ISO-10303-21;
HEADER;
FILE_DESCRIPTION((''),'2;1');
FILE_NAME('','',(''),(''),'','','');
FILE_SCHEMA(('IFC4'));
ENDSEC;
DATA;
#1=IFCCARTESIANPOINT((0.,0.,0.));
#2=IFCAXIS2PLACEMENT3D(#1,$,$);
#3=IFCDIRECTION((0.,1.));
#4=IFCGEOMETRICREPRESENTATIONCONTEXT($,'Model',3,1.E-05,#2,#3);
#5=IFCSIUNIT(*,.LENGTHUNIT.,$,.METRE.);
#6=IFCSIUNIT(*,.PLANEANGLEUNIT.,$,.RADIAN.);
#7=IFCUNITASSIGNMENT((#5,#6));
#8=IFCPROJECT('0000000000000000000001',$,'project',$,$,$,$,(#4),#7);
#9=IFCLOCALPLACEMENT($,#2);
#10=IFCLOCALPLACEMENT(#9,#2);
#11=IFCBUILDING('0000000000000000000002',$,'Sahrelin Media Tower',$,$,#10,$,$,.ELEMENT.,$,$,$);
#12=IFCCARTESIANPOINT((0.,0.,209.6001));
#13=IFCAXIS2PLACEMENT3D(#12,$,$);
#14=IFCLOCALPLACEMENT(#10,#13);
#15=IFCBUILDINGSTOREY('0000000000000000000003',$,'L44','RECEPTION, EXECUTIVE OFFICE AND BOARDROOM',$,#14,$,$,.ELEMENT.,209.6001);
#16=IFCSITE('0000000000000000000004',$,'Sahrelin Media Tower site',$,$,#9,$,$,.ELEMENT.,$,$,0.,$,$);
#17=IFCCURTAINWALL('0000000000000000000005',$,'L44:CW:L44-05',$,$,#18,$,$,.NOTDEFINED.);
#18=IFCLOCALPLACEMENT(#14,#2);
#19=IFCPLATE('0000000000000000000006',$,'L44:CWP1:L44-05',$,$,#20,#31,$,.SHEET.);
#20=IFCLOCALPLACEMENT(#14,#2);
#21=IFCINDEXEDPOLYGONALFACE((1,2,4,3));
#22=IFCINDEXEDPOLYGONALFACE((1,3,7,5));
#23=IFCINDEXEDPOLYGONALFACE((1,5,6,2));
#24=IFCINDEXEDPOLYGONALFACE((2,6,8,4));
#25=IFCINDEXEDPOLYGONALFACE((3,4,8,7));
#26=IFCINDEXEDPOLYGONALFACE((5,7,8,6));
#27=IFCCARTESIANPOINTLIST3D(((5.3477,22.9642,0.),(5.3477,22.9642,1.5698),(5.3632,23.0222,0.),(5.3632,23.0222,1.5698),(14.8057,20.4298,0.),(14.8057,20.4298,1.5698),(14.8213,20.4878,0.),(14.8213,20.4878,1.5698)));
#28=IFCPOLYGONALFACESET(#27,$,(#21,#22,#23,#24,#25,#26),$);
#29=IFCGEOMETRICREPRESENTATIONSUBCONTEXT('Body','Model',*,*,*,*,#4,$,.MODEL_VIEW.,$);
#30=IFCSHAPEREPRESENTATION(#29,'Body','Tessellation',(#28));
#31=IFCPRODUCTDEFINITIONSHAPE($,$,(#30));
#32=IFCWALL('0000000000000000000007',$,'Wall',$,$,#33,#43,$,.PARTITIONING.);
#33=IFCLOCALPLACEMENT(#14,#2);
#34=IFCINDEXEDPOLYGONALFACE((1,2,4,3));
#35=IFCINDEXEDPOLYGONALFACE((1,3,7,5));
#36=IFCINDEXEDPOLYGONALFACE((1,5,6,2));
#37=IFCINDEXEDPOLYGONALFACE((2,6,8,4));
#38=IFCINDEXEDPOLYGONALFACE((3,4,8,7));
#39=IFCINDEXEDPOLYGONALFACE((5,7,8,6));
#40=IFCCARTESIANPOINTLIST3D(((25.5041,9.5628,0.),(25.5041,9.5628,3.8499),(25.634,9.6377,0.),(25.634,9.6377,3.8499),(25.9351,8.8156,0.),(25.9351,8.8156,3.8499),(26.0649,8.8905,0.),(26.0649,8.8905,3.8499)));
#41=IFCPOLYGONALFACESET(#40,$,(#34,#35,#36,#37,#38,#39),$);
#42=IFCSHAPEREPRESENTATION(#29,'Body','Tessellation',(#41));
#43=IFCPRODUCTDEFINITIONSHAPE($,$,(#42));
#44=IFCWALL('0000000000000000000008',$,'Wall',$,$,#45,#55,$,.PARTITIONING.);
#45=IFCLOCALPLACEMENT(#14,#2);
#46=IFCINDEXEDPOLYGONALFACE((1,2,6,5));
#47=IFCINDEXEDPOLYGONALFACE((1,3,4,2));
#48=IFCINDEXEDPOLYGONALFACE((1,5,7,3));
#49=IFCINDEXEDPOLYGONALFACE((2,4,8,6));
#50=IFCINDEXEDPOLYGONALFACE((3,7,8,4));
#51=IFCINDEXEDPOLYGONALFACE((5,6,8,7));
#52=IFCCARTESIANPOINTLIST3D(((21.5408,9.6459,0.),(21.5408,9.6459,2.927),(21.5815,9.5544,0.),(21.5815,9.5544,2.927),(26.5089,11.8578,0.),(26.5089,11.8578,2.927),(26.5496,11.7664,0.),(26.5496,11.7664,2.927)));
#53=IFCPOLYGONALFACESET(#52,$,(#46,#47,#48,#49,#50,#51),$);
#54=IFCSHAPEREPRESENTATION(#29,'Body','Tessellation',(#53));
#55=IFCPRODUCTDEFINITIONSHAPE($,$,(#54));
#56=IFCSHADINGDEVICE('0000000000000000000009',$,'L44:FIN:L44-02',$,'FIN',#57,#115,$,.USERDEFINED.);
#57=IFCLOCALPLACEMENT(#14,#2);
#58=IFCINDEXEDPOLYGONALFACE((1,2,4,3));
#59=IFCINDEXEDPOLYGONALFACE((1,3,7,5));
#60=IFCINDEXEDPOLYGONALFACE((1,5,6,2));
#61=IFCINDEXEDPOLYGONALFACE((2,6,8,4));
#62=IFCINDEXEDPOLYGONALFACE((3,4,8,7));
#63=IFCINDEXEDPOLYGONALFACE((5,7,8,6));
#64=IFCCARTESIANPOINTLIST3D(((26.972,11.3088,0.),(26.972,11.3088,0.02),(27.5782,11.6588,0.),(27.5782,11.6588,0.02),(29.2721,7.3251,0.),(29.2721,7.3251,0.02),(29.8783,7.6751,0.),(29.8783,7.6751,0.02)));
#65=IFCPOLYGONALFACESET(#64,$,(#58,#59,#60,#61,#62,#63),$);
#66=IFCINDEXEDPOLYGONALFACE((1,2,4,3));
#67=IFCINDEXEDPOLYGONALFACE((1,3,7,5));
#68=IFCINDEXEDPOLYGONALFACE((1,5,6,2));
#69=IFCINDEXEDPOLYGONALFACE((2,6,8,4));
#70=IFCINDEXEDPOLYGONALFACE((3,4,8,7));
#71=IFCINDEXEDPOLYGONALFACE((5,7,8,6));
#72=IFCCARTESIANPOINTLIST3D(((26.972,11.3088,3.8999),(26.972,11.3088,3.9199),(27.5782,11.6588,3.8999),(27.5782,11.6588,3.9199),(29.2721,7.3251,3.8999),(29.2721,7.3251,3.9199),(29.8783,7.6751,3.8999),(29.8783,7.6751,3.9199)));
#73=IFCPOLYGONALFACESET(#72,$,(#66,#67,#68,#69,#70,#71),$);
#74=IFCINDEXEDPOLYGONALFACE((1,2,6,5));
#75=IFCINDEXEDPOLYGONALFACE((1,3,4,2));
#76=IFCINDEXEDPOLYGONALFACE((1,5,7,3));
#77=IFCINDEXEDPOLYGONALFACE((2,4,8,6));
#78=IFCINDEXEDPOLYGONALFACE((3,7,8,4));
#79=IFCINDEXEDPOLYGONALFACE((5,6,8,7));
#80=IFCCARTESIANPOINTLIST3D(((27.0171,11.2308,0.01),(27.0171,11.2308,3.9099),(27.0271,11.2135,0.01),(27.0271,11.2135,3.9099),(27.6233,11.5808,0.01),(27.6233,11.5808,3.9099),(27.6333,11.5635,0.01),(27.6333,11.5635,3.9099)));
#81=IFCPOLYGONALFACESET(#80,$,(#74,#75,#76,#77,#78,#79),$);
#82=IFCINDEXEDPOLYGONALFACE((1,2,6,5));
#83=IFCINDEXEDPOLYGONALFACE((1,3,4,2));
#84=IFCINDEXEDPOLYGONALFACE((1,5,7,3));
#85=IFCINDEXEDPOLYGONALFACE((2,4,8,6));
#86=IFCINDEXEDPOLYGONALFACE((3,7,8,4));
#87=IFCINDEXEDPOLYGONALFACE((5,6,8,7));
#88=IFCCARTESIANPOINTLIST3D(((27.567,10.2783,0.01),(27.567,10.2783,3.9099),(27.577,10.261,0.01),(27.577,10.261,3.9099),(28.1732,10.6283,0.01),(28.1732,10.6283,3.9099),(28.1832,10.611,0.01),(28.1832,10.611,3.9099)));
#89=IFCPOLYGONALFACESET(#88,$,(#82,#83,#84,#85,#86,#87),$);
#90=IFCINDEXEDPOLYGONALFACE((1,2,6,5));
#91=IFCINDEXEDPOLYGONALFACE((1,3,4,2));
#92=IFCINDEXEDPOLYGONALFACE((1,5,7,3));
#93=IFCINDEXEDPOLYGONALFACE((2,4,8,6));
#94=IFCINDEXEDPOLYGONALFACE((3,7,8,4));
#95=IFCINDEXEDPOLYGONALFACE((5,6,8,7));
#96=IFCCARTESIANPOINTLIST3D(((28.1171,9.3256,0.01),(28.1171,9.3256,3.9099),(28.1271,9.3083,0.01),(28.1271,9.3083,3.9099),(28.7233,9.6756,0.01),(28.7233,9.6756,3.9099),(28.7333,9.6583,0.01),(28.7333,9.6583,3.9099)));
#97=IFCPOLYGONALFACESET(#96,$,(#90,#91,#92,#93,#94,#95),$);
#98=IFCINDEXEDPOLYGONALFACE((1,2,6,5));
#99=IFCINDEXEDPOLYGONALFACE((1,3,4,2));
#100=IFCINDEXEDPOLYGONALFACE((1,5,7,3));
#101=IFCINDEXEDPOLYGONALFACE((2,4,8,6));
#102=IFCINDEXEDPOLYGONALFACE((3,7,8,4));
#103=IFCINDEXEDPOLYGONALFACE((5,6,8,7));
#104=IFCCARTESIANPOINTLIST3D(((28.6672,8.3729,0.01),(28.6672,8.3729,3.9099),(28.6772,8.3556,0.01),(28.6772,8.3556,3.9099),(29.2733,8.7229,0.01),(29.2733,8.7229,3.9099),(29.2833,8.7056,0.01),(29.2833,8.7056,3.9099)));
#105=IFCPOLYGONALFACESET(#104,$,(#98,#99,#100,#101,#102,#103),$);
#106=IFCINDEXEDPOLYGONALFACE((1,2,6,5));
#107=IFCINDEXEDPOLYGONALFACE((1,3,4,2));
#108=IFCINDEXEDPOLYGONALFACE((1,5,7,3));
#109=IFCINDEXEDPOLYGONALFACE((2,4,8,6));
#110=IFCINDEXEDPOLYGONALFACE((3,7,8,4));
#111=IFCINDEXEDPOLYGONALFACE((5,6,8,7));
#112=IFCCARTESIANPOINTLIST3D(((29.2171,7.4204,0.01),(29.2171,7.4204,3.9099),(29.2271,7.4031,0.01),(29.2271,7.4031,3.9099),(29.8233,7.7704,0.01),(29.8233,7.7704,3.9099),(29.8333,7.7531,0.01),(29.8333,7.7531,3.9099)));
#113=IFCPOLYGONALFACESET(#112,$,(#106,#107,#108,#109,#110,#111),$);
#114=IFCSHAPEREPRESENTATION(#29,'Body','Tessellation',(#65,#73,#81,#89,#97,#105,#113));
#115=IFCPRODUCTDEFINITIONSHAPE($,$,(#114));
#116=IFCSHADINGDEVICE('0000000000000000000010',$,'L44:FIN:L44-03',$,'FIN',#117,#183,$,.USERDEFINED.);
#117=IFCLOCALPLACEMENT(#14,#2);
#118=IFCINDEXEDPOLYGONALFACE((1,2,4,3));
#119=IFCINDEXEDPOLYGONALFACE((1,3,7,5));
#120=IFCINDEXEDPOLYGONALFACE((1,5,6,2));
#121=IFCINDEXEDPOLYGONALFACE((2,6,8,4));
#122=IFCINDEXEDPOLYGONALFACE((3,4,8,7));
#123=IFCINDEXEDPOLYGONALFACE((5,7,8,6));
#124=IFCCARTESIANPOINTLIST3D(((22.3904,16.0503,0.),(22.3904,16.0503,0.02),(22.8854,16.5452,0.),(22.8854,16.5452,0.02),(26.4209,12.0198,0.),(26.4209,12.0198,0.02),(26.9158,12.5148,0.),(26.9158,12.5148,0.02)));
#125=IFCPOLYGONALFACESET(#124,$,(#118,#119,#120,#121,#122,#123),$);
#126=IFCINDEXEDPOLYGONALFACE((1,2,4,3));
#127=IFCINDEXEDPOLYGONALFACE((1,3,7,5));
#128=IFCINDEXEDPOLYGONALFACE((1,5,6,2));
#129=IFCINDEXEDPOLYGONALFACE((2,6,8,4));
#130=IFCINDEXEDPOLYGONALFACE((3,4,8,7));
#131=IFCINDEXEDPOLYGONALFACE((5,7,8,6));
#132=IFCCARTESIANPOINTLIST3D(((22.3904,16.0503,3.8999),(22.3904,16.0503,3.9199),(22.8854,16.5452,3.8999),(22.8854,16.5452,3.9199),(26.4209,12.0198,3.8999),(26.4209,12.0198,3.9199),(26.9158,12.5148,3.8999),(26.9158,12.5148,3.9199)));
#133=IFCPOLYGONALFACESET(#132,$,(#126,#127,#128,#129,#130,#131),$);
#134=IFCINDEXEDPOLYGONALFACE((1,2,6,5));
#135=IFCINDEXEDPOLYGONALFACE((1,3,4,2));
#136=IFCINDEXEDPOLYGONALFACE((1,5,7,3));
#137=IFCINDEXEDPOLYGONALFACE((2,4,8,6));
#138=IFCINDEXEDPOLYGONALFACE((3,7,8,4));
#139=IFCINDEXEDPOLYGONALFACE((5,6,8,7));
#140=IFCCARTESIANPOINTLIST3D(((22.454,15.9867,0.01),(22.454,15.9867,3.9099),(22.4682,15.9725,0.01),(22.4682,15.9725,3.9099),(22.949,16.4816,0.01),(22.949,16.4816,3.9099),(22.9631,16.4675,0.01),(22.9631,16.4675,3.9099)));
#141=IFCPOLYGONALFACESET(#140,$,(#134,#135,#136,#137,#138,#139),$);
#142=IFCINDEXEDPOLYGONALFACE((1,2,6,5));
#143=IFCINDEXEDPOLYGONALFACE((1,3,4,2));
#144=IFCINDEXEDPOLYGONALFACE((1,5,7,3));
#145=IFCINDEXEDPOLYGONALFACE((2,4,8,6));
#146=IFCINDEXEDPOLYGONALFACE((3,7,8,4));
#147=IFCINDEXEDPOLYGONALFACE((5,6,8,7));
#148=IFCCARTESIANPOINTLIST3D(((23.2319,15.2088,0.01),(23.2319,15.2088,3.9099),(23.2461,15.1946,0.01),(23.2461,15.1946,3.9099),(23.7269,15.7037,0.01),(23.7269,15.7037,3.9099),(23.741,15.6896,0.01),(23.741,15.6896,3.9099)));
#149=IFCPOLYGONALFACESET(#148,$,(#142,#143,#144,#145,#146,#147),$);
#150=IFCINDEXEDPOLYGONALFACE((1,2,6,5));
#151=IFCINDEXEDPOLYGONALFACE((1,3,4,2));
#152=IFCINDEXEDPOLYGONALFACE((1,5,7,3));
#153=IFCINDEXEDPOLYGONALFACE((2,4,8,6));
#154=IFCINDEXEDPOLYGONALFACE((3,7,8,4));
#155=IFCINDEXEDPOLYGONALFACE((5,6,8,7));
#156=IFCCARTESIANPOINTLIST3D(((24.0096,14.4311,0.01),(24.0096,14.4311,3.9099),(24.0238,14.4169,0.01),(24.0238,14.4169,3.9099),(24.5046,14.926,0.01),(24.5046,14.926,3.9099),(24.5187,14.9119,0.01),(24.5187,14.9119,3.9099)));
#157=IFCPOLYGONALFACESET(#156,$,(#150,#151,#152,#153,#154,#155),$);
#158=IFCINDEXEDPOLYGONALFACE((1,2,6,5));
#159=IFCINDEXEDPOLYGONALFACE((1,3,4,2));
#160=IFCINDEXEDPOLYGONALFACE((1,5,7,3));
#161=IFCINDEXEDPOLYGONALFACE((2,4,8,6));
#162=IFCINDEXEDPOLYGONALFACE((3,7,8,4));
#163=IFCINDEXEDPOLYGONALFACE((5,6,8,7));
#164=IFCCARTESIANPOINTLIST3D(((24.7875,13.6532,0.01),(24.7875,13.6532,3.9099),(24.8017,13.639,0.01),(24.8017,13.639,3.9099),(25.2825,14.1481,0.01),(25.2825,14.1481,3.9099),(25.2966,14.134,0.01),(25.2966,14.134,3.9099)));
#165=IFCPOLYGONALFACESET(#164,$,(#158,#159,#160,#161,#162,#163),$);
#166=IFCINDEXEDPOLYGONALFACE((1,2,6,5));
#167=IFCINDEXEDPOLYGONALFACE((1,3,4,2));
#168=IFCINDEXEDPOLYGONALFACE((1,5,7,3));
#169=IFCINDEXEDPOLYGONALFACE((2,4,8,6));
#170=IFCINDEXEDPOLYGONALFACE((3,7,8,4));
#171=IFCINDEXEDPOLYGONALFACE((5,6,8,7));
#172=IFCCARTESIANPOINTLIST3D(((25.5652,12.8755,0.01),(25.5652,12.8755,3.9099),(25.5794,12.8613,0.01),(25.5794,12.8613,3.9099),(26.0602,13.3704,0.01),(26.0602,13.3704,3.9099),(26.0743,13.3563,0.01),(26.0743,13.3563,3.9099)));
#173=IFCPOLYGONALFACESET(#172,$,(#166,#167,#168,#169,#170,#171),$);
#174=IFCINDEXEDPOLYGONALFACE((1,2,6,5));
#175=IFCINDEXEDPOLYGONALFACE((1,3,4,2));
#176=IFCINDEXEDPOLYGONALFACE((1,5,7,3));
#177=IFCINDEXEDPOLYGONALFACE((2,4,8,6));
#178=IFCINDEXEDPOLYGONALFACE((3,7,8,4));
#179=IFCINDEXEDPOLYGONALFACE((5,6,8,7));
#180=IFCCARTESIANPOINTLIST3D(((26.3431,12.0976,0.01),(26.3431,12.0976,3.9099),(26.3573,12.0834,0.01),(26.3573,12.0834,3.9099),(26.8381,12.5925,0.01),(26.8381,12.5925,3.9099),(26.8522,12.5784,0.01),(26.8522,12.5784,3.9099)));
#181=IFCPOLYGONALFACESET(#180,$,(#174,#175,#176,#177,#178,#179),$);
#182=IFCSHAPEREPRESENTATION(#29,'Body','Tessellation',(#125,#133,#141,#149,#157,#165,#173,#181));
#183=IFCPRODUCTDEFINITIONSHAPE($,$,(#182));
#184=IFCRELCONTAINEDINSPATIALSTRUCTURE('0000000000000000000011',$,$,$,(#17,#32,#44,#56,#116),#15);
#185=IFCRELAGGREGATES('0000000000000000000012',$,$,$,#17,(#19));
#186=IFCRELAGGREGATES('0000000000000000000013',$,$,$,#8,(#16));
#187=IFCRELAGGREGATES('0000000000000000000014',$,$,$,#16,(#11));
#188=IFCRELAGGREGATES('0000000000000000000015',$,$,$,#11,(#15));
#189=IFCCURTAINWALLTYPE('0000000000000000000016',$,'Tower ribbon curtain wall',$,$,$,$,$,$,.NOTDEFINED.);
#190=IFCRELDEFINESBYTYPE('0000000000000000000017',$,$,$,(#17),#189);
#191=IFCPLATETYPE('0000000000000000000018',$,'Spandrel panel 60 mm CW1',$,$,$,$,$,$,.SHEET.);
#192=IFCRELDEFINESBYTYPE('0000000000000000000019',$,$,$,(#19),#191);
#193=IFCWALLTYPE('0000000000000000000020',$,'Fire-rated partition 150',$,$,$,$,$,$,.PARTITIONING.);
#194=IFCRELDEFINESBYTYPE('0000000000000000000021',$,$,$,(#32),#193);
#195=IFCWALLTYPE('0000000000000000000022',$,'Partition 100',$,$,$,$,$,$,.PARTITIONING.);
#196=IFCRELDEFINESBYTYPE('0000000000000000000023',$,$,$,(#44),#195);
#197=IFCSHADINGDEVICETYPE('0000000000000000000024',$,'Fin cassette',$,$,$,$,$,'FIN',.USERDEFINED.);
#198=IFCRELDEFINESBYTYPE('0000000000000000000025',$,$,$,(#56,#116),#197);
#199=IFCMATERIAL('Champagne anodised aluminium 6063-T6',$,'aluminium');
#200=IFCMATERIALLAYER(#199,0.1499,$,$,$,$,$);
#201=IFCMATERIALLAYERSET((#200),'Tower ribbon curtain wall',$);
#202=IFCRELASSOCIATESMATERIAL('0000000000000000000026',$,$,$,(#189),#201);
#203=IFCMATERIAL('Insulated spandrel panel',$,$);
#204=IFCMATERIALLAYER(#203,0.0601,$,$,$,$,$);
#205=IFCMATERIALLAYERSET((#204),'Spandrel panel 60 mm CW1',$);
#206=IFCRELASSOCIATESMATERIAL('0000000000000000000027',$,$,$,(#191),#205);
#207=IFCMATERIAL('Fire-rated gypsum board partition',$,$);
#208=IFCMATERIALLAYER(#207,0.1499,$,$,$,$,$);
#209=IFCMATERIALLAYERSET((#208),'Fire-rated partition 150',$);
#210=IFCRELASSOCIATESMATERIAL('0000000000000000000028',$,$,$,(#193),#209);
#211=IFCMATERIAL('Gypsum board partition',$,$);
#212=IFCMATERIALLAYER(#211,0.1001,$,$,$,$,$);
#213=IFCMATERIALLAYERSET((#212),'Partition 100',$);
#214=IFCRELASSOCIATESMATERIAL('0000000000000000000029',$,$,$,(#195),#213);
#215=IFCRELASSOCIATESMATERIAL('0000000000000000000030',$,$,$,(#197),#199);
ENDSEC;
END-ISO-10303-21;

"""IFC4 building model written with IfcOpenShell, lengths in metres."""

from ifc_helpers import new_model, si_unit, direction, frame, frame_2d, origin, origin_2d, place, context, subcontext, project, spatial, polyline, rectangle, outline, extrude, material, layer, layer_set, type_object, element, aggregate, save


model = new_model("IFC4")

# Units and contexts
model_context = context("Model", 3, precision=1e-05, world=origin(), true_north=direction((0.0, 1.0)))
body_context = subcontext(model_context, "Body", "Model", "MODEL_VIEW")
ifc_project = project(units=[si_unit("LENGTHUNIT", "METRE"), si_unit("PLANEANGLEUNIT", "RADIAN")], contexts=[model_context])

# Site, building, storey
site_placement = place(None, origin())
site = spatial("IfcSite", under=ifc_project, at=site_placement, Name="Sahrelin Media Tower site", CompositionType="ELEMENT", RefElevation=0.0)
building_placement = place(site_placement, origin())
building = spatial("IfcBuilding", under=site, at=building_placement, Name="Sahrelin Media Tower", CompositionType="ELEMENT")
storey_placement = place(building_placement, frame((0.0, 0.0, 209.6001)))
storey = spatial("IfcBuildingStorey", under=building, at=storey_placement, Name="L44", Description="RECEPTION, EXECUTIVE OFFICE AND BOARDROOM", CompositionType="ELEMENT", Elevation=209.6001)

# Shared definitions
ifc_material_1 = material(Name="Champagne anodised aluminium 6063-T6", Category="aluminium")
ifc_layer_1 = layer(ifc_material_1, 0.1499)
ifc_layer_set_1 = layer_set([ifc_layer_1], Name="Tower ribbon curtain wall")
curtain_wall_type = type_object("IfcCurtainWallType", Name="Tower ribbon curtain wall", PredefinedType="NOTDEFINED", material=ifc_layer_set_1)

# Curtain wall
curtain_wall_1_placement = place(storey_placement, frame((10.0872, 21.7356, 0.0), z_axis=(0.0, 0.0, 1.0), x_axis=(1.0, 0.0, 0.0)))
curtain_wall_1 = element("IfcCurtainWall", 1, at=curtain_wall_1_placement, inside=storey, type_object=curtain_wall_type, Name="L44:CW:L44-05", PredefinedType="NOTDEFINED")

# Plate
ifc_material_2 = material(Name="Insulated spandrel panel")
ifc_layer_2 = layer(ifc_material_2, 0.0601)
ifc_layer_set_2 = layer_set([ifc_layer_2], Name="Spandrel panel 60 mm CW1")
plate_type_1 = type_object("IfcPlateType", Name="Spandrel panel 60 mm CW1", PredefinedType="SHEET", material=ifc_layer_set_2)
plate_1_placement = place(storey_placement, frame((14.8213, 20.4878, 0.0), z_axis=(0.258834, 0.965922, 0.0), x_axis=(-0.965922, 0.258834, 0.0)))
plate_1 = element("IfcPlate", 2, at=plate_1_placement, type_object=plate_type_1, Name="L44:CWP1:L44-05", PredefinedType="SHEET", context=body_context, shape_type="SweptSolid", body=[
    extrude(outline(polyline([(0.0, 0.0), (9.7917, 0.0), (9.7917, 1.5698), (0.0, 1.5698), (0.0, 0.0)])), origin(), (0.0, 0.0, -1.0), 0.0601),
])
aggregate(curtain_wall_1, [plate_1])

# Walls
ifc_material_3 = material(Name="Fire-rated gypsum board partition")
ifc_layer_3 = layer(ifc_material_3, 0.1499)
ifc_layer_set_3 = layer_set([ifc_layer_3], Name="Fire-rated partition 150")
wall_type_1 = type_object("IfcWallType", Name="Fire-rated partition 150", PredefinedType="PARTITIONING", material=ifc_layer_set_3)
wall_1_placement = place(storey_placement, frame((25.5691, 9.6001, 0.0), z_axis=(0.0, 0.0, 1.0), x_axis=(0.499641, -0.866233, 0.0)))
element("IfcWall", 3, at=wall_1_placement, inside=storey, type_object=wall_type_1, Name="Wall", PredefinedType="PARTITIONING", context=body_context, shape_type="SweptSolid", body=[
    extrude(rectangle(XDim=0.8625, YDim=0.1499, at=frame_2d((0.4312, 0.0))), origin(), (0.0, 0.0, 1.0), 3.8499),
])
ifc_material_4 = material(Name="Gypsum board partition")
ifc_layer_4 = layer(ifc_material_4, 0.1001)
ifc_layer_set_4 = layer_set([ifc_layer_4], Name="Partition 100")
wall_type_2 = type_object("IfcWallType", Name="Partition 100", PredefinedType="PARTITIONING", material=ifc_layer_set_4)
wall_2_placement = place(storey_placement, frame((21.561, 9.6001, 0.0), z_axis=(0.0, 0.0, 1.0), x_axis=(0.913545, 0.406738, 0.0)))
element("IfcWall", 4, at=wall_2_placement, inside=storey, type_object=wall_type_2, Name="Wall", PredefinedType="PARTITIONING", context=body_context, shape_type="SweptSolid", body=[
    extrude(rectangle(XDim=5.4382, YDim=0.1001, at=frame_2d((2.7192, 0.0))), origin(), (0.0, 0.0, 1.0), 2.927),
])

# Shading devices
shading_device_type_1 = type_object("IfcShadingDeviceType", Name="Fin cassette", ElementType="FIN", PredefinedType="USERDEFINED", material=ifc_material_1)
placement_1 = place(storey_placement, frame((28.0615, 9.282, 0.0), z_axis=(0.0, 0.0, 1.0), x_axis=(0.500011, -0.866019, 0.0)))
element("IfcShadingDevice", 5, at=placement_1, inside=storey, type_object=shading_device_type_1, Name="L44:FIN:L44-02", ObjectType="FIN", PredefinedType="USERDEFINED", context=body_context, shape_type="SweptSolid", body=[
    extrude(rectangle(XDim=4.6001, YDim=0.7, at=origin_2d()), frame((0.0, 0.4199, 0.0)), (0.0, 0.0, 1.0), 0.02),
    extrude(rectangle(XDim=4.6001, YDim=0.7, at=origin_2d()), frame((0.0, 0.4199, 3.8999)), (0.0, 0.0, 1.0), 0.02),
    extrude(rectangle(XDim=0.02, YDim=0.7, at=origin_2d()), frame((-2.2, 0.4199, 0.01), z_axis=(0.0, 0.0, 1.0), x_axis=(1.0, 0.0, 0.0)), (0.0, 0.0, 1.0), 3.8999),
    extrude(rectangle(XDim=0.02, YDim=0.7, at=origin_2d()), frame((-1.1001, 0.4199, 0.01), z_axis=(0.0, 0.0, 1.0), x_axis=(1.0, 0.0, 0.0)), (0.0, 0.0, 1.0), 3.8999),
    extrude(rectangle(XDim=0.02, YDim=0.7, at=origin_2d()), frame((0.0, 0.4199, 0.01), z_axis=(0.0, 0.0, 1.0), x_axis=(1.0, 0.0, 0.0)), (0.0, 0.0, 1.0), 3.8999),
    extrude(rectangle(XDim=0.02, YDim=0.7, at=origin_2d()), frame((1.1001, 0.4199, 0.01), z_axis=(0.0, 0.0, 1.0), x_axis=(1.0, 0.0, 0.0)), (0.0, 0.0, 1.0), 3.8999),
    extrude(rectangle(XDim=0.02, YDim=0.7, at=origin_2d()), frame((2.2, 0.4199, 0.01), z_axis=(0.0, 0.0, 1.0), x_axis=(1.0, 0.0, 0.0)), (0.0, 0.0, 1.0), 3.8999),
])
placement_2 = place(storey_placement, frame((24.3562, 13.9856, 0.0), z_axis=(0.0, 0.0, 1.0), x_axis=(0.707107, -0.707107, 0.0)))
element("IfcShadingDevice", 6, at=placement_2, inside=storey, type_object=shading_device_type_1, Name="L44:FIN:L44-03", ObjectType="FIN", PredefinedType="USERDEFINED", context=body_context, shape_type="SweptSolid", body=[
    extrude(rectangle(XDim=5.7, YDim=0.7, at=origin_2d()), frame((0.0, 0.4199, 0.0)), (0.0, 0.0, 1.0), 0.02),
    extrude(rectangle(XDim=5.7, YDim=0.7, at=origin_2d()), frame((0.0, 0.4199, 3.8999)), (0.0, 0.0, 1.0), 0.02),
    extrude(rectangle(XDim=0.02, YDim=0.7, at=origin_2d()), frame((-2.75, 0.4199, 0.01), z_axis=(0.0, 0.0, 1.0), x_axis=(1.0, 0.0, 0.0)), (0.0, 0.0, 1.0), 3.8999),
    extrude(rectangle(XDim=0.02, YDim=0.7, at=origin_2d()), frame((-1.6499, 0.4199, 0.01), z_axis=(0.0, 0.0, 1.0), x_axis=(1.0, 0.0, 0.0)), (0.0, 0.0, 1.0), 3.8999),
    extrude(rectangle(XDim=0.02, YDim=0.7, at=origin_2d()), frame((-0.55, 0.4199, 0.01), z_axis=(0.0, 0.0, 1.0), x_axis=(1.0, 0.0, 0.0)), (0.0, 0.0, 1.0), 3.8999),
    extrude(rectangle(XDim=0.02, YDim=0.7, at=origin_2d()), frame((0.55, 0.4199, 0.01), z_axis=(0.0, 0.0, 1.0), x_axis=(1.0, 0.0, 0.0)), (0.0, 0.0, 1.0), 3.8999),
    extrude(rectangle(XDim=0.02, YDim=0.7, at=origin_2d()), frame((1.6499, 0.4199, 0.01), z_axis=(0.0, 0.0, 1.0), x_axis=(1.0, 0.0, 0.0)), (0.0, 0.0, 1.0), 3.8999),
    extrude(rectangle(XDim=0.02, YDim=0.7, at=origin_2d()), frame((2.75, 0.4199, 0.01), z_axis=(0.0, 0.0, 1.0), x_axis=(1.0, 0.0, 0.0)), (0.0, 0.0, 1.0), 3.8999),
])

save(model, "model.ifc")
